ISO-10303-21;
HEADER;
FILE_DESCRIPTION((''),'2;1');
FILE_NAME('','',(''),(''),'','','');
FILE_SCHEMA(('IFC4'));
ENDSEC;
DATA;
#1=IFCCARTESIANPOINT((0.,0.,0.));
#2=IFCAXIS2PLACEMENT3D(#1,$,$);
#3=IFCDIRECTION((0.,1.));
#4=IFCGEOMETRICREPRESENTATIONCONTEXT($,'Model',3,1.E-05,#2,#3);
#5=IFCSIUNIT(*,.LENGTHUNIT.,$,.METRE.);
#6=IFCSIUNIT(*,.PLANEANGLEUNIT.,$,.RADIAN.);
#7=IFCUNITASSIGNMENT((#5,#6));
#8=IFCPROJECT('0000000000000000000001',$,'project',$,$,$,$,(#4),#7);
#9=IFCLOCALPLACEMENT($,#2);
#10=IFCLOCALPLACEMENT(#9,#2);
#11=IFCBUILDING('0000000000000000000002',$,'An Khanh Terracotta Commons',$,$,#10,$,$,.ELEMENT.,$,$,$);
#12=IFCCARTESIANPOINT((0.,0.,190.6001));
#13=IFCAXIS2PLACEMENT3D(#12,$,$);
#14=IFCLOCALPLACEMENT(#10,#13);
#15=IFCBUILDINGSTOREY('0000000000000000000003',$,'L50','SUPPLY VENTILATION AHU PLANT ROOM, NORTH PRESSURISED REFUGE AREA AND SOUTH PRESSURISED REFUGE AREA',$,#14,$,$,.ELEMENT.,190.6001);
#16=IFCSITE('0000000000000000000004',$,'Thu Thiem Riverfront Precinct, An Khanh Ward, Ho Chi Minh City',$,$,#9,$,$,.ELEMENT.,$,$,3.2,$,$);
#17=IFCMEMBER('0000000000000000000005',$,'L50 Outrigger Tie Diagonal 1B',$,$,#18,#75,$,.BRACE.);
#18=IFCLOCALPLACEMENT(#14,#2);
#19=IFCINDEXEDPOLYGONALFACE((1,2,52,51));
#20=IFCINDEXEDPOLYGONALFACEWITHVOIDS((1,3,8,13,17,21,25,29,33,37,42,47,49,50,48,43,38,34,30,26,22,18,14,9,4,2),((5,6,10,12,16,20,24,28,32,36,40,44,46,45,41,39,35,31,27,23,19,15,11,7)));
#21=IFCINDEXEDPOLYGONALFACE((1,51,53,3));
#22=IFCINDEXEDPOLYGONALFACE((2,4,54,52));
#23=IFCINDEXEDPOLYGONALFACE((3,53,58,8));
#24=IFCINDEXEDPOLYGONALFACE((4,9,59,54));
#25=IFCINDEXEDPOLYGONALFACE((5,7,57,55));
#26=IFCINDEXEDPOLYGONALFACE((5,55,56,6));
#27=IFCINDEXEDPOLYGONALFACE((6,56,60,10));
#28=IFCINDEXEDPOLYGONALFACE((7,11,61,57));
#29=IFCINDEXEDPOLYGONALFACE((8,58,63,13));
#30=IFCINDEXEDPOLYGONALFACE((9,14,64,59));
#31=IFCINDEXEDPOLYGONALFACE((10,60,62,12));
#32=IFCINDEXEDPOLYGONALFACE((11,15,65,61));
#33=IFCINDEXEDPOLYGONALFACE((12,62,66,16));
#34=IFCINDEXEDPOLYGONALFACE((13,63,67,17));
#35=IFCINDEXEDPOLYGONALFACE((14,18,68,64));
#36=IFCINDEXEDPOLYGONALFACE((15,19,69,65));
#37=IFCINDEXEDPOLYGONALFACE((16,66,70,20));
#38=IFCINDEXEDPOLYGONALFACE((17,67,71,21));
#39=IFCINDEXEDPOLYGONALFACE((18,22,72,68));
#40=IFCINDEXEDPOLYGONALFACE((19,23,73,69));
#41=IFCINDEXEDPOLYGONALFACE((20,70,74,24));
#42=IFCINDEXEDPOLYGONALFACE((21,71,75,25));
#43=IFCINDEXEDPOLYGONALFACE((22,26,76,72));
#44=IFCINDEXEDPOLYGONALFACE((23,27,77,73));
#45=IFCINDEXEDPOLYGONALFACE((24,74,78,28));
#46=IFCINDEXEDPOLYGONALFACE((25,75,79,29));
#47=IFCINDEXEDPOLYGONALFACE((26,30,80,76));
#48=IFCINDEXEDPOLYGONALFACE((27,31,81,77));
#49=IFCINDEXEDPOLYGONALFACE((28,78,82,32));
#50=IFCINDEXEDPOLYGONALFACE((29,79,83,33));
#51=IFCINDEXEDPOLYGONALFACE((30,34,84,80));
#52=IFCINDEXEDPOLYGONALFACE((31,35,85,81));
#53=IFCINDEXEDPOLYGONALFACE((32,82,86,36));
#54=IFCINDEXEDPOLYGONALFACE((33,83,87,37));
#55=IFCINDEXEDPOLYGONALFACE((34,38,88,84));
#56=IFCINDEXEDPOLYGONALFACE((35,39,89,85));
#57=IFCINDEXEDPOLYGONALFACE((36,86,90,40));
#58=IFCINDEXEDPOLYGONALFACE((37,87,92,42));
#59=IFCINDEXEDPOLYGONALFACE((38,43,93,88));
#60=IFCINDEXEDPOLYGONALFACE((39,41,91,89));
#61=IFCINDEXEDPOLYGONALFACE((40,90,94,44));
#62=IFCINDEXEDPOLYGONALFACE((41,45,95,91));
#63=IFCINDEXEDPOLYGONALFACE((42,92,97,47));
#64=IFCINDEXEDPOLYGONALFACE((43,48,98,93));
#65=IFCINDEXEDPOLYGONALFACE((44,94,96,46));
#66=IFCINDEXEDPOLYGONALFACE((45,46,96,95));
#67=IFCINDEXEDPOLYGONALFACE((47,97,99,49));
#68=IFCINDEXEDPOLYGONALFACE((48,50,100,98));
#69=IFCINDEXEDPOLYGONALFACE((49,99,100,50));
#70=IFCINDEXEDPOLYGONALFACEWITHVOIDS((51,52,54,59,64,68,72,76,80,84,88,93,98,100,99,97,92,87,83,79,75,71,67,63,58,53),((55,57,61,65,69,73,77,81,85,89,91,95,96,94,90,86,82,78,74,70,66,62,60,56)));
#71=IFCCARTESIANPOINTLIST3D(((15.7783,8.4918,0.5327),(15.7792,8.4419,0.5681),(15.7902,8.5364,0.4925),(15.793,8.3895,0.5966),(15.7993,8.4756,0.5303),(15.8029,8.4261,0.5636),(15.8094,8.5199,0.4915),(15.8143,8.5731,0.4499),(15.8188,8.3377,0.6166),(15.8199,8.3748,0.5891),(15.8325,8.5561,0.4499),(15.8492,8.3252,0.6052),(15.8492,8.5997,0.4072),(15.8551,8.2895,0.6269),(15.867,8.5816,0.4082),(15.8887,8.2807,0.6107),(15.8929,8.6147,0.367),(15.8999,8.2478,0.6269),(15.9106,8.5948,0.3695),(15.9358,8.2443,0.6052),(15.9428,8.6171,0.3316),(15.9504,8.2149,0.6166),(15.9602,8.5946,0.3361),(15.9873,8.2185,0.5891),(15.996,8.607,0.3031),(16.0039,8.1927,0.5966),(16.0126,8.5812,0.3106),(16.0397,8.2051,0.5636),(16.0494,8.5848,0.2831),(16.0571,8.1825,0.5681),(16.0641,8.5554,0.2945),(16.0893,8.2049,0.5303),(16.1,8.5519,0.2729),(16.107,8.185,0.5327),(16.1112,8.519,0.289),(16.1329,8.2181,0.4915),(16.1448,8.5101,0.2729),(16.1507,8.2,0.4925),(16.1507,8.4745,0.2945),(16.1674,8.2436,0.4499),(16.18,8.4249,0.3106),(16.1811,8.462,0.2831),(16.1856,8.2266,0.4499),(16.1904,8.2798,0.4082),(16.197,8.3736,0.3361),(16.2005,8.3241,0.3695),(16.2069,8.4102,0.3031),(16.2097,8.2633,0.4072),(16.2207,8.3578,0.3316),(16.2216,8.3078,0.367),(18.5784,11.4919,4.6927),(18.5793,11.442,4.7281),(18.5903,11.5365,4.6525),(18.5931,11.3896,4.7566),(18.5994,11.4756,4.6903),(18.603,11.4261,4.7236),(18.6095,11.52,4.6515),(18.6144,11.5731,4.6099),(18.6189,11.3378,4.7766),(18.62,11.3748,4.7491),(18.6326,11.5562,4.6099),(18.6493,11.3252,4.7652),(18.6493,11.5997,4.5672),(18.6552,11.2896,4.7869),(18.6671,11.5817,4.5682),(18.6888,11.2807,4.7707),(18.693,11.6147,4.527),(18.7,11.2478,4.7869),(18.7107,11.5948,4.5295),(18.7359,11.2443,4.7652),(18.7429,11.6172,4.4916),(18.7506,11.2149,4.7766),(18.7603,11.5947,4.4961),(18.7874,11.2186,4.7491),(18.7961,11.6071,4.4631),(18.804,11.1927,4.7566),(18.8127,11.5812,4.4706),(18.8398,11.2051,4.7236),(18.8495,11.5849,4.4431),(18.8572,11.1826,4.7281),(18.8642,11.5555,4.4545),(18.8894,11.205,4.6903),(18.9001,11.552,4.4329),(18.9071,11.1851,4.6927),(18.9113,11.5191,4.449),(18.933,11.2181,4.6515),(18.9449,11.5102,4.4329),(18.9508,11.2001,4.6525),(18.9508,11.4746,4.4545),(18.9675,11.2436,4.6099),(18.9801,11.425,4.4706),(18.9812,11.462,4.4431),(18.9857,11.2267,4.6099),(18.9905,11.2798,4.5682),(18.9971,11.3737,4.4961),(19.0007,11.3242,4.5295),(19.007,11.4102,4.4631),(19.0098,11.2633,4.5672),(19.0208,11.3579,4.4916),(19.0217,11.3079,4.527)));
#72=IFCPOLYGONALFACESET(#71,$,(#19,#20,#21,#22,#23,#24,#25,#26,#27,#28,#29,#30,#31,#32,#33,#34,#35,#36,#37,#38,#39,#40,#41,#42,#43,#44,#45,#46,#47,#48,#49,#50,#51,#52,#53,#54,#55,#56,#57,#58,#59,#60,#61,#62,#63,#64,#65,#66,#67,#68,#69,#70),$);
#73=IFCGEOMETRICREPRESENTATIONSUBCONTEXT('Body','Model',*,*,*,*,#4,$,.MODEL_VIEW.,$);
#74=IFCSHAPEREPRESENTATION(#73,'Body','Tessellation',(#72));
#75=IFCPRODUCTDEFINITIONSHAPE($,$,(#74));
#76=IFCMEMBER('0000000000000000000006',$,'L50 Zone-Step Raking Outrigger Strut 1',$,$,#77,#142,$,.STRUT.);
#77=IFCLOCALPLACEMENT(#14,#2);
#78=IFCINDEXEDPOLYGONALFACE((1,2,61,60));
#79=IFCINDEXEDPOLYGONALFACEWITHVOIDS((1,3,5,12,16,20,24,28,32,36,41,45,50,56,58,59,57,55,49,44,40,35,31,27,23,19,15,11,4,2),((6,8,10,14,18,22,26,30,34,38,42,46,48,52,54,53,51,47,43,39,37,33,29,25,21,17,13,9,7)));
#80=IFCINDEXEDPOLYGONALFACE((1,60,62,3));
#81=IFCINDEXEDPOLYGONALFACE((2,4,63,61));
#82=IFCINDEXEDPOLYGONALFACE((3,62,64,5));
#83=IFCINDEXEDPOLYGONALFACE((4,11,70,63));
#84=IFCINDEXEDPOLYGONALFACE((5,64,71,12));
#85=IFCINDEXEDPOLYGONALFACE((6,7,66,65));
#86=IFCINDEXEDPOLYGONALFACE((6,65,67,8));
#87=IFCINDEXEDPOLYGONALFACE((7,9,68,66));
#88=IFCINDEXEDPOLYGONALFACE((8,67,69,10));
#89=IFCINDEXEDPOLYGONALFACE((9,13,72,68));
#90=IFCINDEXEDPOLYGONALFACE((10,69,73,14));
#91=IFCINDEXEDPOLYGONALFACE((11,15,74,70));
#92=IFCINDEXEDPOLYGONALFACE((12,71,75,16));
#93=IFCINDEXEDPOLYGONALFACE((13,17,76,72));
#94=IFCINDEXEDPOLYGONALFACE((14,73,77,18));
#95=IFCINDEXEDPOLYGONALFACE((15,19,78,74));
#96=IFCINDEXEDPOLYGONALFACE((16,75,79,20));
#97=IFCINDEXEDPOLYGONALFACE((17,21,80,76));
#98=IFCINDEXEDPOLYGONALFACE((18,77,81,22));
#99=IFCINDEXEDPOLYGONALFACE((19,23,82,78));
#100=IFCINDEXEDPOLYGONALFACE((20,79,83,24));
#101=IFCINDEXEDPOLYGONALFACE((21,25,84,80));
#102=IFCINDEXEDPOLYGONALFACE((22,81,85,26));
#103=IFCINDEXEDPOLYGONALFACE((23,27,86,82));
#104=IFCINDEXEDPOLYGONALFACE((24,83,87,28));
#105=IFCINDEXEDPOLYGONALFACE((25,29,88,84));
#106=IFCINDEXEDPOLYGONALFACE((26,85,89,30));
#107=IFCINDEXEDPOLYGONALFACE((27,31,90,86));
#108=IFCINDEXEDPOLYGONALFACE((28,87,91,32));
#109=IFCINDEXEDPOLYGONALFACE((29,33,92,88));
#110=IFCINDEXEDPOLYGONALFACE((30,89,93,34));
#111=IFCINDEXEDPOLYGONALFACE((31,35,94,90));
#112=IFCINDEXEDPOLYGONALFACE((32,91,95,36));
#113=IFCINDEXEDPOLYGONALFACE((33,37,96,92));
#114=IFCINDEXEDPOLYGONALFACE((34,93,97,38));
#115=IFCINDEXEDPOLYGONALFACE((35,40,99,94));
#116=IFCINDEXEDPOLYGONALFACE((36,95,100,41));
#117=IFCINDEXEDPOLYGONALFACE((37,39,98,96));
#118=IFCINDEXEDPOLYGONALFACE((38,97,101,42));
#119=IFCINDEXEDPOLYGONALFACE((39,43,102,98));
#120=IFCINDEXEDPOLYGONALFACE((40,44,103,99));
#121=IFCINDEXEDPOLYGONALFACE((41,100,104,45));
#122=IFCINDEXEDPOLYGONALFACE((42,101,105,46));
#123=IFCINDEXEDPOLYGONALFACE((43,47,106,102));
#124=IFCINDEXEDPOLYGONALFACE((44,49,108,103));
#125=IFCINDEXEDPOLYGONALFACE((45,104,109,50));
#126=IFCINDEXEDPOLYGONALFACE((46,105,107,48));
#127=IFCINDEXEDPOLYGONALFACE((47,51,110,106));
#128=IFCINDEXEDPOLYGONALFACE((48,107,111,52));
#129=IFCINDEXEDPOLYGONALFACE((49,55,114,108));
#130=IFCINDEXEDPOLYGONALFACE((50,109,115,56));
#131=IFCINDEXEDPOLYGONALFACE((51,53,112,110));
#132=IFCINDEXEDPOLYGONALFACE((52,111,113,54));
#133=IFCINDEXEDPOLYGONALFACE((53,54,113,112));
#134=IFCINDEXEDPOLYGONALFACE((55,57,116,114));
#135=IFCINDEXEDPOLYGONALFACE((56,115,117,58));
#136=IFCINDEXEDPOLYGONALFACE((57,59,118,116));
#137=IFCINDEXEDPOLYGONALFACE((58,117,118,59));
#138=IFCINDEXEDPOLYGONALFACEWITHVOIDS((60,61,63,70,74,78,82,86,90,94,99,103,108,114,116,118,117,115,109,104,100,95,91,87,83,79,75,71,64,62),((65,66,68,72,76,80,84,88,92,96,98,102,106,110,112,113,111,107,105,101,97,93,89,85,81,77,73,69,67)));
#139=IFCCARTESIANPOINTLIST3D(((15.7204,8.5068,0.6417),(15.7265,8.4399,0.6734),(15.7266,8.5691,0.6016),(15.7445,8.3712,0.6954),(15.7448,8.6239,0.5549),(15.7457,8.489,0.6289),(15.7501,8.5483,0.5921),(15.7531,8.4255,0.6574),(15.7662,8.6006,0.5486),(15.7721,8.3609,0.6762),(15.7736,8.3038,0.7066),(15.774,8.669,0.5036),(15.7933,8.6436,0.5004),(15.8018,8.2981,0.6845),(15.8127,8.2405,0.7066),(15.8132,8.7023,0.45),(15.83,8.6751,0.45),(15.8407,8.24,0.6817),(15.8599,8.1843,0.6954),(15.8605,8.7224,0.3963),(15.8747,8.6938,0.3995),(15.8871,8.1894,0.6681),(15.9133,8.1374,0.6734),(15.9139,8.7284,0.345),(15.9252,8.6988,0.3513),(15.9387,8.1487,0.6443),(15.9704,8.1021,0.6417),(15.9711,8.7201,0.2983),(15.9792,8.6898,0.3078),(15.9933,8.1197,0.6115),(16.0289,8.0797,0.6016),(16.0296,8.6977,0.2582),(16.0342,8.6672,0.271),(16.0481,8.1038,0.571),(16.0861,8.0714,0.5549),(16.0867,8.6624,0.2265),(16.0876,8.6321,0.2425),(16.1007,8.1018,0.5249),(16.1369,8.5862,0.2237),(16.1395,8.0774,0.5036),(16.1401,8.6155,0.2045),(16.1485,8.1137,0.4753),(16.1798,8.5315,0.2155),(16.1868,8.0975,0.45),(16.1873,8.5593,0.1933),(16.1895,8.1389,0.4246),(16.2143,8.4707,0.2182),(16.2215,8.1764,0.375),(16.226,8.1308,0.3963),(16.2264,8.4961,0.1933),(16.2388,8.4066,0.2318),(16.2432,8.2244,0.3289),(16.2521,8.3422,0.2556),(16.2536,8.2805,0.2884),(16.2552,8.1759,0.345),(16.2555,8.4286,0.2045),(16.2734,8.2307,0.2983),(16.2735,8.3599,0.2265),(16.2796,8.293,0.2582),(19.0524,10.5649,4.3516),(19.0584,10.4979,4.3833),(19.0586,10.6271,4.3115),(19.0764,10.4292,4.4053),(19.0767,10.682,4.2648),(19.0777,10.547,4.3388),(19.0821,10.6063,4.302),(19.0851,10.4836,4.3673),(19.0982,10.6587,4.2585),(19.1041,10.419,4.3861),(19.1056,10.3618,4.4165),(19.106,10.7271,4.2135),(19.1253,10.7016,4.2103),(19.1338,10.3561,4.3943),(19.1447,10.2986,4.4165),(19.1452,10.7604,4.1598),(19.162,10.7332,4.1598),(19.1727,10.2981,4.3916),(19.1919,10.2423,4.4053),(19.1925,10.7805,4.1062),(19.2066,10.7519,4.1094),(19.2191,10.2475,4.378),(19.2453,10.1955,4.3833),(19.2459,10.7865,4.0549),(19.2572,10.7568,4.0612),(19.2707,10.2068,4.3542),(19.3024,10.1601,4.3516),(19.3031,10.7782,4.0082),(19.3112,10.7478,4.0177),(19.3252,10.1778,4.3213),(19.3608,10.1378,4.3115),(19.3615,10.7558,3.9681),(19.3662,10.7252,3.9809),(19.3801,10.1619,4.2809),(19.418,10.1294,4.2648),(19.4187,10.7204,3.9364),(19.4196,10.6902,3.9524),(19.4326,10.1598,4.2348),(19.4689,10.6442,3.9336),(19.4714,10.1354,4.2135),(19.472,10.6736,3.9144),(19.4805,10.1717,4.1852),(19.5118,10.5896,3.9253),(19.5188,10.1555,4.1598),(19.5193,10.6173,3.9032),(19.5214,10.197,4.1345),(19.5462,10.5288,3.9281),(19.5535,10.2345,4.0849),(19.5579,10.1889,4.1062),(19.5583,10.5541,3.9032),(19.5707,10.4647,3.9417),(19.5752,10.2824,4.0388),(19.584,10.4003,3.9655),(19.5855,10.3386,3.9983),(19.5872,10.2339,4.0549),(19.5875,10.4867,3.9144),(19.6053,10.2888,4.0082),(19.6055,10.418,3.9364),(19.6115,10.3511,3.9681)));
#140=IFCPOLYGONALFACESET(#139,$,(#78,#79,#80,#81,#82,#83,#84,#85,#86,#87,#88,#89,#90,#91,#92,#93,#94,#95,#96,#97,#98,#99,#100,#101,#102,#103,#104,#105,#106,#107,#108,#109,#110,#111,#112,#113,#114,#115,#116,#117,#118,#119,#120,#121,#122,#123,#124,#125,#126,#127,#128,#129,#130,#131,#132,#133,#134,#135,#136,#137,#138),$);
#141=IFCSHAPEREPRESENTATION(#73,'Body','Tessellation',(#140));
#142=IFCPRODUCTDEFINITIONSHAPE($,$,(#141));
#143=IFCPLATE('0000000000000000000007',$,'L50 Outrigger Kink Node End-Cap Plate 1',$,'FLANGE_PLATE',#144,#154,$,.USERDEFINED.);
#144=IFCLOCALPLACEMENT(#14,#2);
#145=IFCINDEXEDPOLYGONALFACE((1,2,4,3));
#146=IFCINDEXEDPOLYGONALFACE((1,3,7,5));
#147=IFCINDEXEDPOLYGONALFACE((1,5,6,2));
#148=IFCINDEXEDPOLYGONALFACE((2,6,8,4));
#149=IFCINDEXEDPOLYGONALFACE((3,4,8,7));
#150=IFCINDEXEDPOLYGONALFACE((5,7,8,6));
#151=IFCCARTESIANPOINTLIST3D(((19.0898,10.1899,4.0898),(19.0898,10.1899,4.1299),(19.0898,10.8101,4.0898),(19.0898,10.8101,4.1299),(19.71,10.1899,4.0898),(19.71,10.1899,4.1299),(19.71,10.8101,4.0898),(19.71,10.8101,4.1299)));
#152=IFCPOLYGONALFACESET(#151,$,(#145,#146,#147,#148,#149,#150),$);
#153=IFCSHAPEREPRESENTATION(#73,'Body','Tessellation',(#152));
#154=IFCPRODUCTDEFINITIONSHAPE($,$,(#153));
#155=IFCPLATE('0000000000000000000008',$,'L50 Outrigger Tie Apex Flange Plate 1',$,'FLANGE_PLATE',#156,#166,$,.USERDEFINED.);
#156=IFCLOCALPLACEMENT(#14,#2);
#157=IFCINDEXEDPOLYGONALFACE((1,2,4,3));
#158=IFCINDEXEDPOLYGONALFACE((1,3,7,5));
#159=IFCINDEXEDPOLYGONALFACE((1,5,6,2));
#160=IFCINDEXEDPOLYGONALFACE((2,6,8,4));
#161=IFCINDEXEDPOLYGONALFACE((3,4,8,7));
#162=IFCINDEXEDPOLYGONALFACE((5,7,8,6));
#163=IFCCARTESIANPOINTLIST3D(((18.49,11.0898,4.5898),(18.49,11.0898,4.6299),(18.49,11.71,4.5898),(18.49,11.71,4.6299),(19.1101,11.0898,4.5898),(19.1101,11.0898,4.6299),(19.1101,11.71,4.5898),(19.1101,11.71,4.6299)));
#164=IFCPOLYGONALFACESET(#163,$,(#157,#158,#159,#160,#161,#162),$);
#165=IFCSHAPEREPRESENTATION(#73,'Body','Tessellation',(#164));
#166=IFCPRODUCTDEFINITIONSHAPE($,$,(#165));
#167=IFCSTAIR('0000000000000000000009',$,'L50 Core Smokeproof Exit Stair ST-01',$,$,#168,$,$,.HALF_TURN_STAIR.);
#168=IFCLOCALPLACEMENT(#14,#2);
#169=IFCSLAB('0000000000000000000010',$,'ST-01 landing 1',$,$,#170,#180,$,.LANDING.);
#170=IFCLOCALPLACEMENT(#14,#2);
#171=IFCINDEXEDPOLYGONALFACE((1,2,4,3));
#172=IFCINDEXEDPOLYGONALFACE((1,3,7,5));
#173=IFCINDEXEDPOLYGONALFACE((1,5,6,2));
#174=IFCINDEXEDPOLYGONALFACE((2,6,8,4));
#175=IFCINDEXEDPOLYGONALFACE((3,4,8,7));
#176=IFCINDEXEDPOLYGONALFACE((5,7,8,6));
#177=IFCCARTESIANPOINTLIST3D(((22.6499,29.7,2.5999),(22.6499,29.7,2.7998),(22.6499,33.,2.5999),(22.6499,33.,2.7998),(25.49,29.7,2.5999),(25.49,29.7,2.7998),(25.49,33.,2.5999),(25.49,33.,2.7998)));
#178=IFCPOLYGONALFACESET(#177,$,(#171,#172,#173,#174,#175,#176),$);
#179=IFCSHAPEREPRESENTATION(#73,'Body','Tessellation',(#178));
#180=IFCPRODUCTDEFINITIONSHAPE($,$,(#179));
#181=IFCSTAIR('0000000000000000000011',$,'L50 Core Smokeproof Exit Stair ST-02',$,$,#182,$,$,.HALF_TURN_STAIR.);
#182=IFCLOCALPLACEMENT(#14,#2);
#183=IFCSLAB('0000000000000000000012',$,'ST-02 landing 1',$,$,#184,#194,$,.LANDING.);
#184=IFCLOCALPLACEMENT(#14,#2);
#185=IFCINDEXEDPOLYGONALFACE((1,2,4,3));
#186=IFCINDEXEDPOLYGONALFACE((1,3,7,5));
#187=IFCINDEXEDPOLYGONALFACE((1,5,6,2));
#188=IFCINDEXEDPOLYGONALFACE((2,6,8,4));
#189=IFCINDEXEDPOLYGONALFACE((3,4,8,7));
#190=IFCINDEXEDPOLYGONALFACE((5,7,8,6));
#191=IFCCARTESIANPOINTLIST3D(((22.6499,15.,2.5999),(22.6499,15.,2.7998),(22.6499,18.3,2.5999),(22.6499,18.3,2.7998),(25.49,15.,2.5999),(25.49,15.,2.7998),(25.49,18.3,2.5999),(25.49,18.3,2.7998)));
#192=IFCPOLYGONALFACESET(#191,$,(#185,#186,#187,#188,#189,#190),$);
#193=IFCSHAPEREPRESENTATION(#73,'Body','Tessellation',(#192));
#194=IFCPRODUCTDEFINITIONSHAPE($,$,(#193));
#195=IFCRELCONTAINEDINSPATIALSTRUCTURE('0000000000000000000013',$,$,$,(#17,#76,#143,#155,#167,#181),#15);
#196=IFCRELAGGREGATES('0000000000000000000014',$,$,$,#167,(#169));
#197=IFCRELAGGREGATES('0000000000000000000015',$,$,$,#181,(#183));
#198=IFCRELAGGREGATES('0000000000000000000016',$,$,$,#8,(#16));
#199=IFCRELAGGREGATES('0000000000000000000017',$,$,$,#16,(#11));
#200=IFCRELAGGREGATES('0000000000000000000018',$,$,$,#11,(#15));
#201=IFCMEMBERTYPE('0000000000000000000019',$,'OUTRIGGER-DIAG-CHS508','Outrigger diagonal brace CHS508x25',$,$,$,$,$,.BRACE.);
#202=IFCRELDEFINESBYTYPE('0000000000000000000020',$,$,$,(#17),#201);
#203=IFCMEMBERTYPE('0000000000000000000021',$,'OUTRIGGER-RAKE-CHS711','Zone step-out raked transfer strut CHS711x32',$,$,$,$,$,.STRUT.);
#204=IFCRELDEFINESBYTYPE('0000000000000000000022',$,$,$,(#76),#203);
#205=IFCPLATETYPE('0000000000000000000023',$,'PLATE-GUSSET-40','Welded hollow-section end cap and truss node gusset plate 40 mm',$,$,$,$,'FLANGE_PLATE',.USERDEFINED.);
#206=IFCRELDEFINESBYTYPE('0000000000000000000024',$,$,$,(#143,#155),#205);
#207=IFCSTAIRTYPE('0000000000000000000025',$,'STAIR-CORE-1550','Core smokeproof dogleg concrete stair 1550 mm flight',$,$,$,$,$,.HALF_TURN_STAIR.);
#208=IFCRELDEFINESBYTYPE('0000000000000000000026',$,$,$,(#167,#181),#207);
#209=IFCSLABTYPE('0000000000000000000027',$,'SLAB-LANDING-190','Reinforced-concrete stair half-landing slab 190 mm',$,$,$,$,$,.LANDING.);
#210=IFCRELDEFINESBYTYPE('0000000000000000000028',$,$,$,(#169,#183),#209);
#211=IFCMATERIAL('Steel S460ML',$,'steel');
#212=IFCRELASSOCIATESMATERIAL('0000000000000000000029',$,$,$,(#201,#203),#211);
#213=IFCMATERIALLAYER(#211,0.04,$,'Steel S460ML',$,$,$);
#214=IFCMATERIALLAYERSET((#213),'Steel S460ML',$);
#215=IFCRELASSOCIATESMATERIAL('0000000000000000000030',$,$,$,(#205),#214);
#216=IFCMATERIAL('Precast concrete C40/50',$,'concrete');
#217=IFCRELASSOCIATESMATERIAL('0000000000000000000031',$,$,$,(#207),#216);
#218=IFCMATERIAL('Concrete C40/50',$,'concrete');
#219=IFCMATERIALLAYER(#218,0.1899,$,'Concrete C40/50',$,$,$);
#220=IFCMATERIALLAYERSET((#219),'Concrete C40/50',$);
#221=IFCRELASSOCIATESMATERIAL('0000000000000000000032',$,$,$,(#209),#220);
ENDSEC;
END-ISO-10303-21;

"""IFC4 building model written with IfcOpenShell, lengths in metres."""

from ifc_helpers import new_model, si_unit, direction, frame, origin, origin_2d, place, context, subcontext, project, spatial, polyline, rectangle, hollow_circle, outline, extrude, material, layer, layer_set, material_profile, profile_set, type_object, element, aggregate, save


model = new_model("IFC4")

# Units and contexts
model_context = context("Model", 3, precision=1e-05, world=origin(), true_north=direction((0.0, 1.0)))
body_context = subcontext(model_context, "Body", "Model", "MODEL_VIEW")
ifc_project = project(units=[si_unit("LENGTHUNIT", "METRE"), si_unit("PLANEANGLEUNIT", "RADIAN")], contexts=[model_context])

# Site, building, storey
site_placement = place(None, origin())
site = spatial("IfcSite", under=ifc_project, at=site_placement, Name="Thu Thiem Riverfront Precinct, An Khanh Ward, Ho Chi Minh City", CompositionType="ELEMENT", RefElevation=3.2)
building_placement = place(site_placement, origin())
building = spatial("IfcBuilding", under=site, at=building_placement, Name="An Khanh Terracotta Commons", CompositionType="ELEMENT")
storey_placement = place(building_placement, frame((0.0, 0.0, 190.6001)))
storey = spatial("IfcBuildingStorey", under=building, at=storey_placement, Name="L50", Description="SUPPLY VENTILATION AHU PLANT ROOM, NORTH PRESSURISED REFUGE AREA AND SOUTH PRESSURISED REFUGE AREA", CompositionType="ELEMENT", Elevation=190.6001)

# Shared definitions
ifc_material_1 = material(Name="Steel S460ML", Category="steel")

# Members
ifc_material_profile_1 = material_profile(ifc_material_1, hollow_circle(Radius=0.2539, WallThickness=0.0249, at=origin_2d()), Name="CHS508x25")
ifc_profile_set_1 = profile_set([ifc_material_profile_1], Name="Steel S460ML")
member_type_1 = type_object("IfcMemberType", Name="OUTRIGGER-DIAG-CHS508", Description="Outrigger diagonal brace CHS508x25", PredefinedType="BRACE", material=ifc_profile_set_1)
for number, where, z_axis, x_axis, name in (
    (1, (18.8, 11.3999, 4.6099), (-0.479183, -0.513401, -0.711901), (0.731049, -0.682325, 0.0), "L50 Outrigger Tie Diagonal 1B"),
):
    element("IfcMember", number, at=place(storey_placement, frame(where, z_axis=z_axis, x_axis=x_axis)), inside=storey, type_object=member_type_1, Name=name, PredefinedType="BRACE", context=body_context, shape_type="SweptSolid", body=[
        extrude(hollow_circle(Radius=0.2539, WallThickness=0.0249, at=origin_2d()), origin(), (0.0, 0.0, 1.0), 5.8435),
    ])
ifc_material_profile_2 = material_profile(ifc_material_1, hollow_circle(Radius=0.3555, WallThickness=0.032, at=origin_2d()), Name="CHS711x32")
ifc_profile_set_2 = profile_set([ifc_material_profile_2], Name="Steel S460ML")
member_type_2 = type_object("IfcMemberType", Name="OUTRIGGER-RAKE-CHS711", Description="Zone step-out raked transfer strut CHS711x32", PredefinedType="STRUT", material=ifc_profile_set_2)
member_1_placement = place(storey_placement, frame((16.0, 8.3999, 0.45), z_axis=(0.617657, 0.38151, 0.687714), x_axis=(-0.525509, 0.850788, 0.0)))
element("IfcMember", 2, at=member_1_placement, inside=storey, type_object=member_type_2, Name="L50 Zone-Step Raking Outrigger Strut 1", PredefinedType="STRUT", context=body_context, shape_type="SweptSolid", body=[
    extrude(hollow_circle(Radius=0.3555, WallThickness=0.032, at=origin_2d()), origin(), (0.0, 0.0, 1.0), 5.3945),
])

# Plates
ifc_layer_1 = layer(ifc_material_1, 0.04, Name="Steel S460ML")
ifc_layer_set_1 = layer_set([ifc_layer_1], Name="Steel S460ML")
plate_type = type_object("IfcPlateType", Name="PLATE-GUSSET-40", Description="Welded hollow-section end cap and truss node gusset plate 40 mm", ElementType="FLANGE_PLATE", PredefinedType="USERDEFINED", material=ifc_layer_set_1)
for number, where, z_axis, x_axis, name in (
    (3, (19.3999, 10.5, 4.0898), (0.0, 0.0, 1.0), (1.0, 0.0, 0.0), "L50 Outrigger Kink Node End-Cap Plate 1"),
    (4, (18.8, 11.3999, 4.5898), (0.0, 0.0, 1.0), (1.0, 0.0, 0.0), "L50 Outrigger Tie Apex Flange Plate 1"),
):
    element("IfcPlate", number, at=place(storey_placement, frame(where, z_axis=z_axis, x_axis=x_axis)), inside=storey, type_object=plate_type, Name=name, ObjectType="FLANGE_PLATE", PredefinedType="USERDEFINED", context=body_context, shape_type="SweptSolid", body=[
        extrude(rectangle(XDim=0.6201, YDim=0.6201, at=origin_2d()), origin(), (0.0, 0.0, 1.0), 0.04),
    ])

# Stairs, slabs
ifc_material_2 = material(Name="Precast concrete C40/50", Category="concrete")
stair_type = type_object("IfcStairType", Name="STAIR-CORE-1550", Description="Core smokeproof dogleg concrete stair 1550 mm flight", PredefinedType="HALF_TURN_STAIR", material=ifc_material_2)
stair_1_placement = place(storey_placement, origin())
stair_1 = element("IfcStair", 5, at=stair_1_placement, inside=storey, type_object=stair_type, Name="L50 Core Smokeproof Exit Stair ST-01", PredefinedType="HALF_TURN_STAIR")
ifc_material_3 = material(Name="Concrete C40/50", Category="concrete")
ifc_layer_2 = layer(ifc_material_3, 0.1899, Name="Concrete C40/50")
ifc_layer_set_2 = layer_set([ifc_layer_2], Name="Concrete C40/50")
slab_type_1 = type_object("IfcSlabType", Name="SLAB-LANDING-190", Description="Reinforced-concrete stair half-landing slab 190 mm", PredefinedType="LANDING", material=ifc_layer_set_2)
slab_1_placement = place(storey_placement, frame((0.0, 0.0, 2.5999)))
slab_1 = element("IfcSlab", 6, at=slab_1_placement, type_object=slab_type_1, Name="ST-01 landing 1", PredefinedType="LANDING", context=body_context, shape_type="SweptSolid", body=[
    extrude(outline(polyline([(25.49, 33.0), (22.6499, 33.0), (22.6499, 29.7), (25.49, 29.7), (25.49, 33.0)])), origin(), (0.0, 0.0, 1.0), 0.2),
])
aggregate(stair_1, [slab_1])
stair_2_placement = place(storey_placement, origin())
stair_2 = element("IfcStair", 7, at=stair_2_placement, inside=storey, type_object=stair_type, Name="L50 Core Smokeproof Exit Stair ST-02", PredefinedType="HALF_TURN_STAIR")
slab_2_placement = place(storey_placement, frame((0.0, 0.0, 2.5999)))
slab_2 = element("IfcSlab", 8, at=slab_2_placement, type_object=slab_type_1, Name="ST-02 landing 1", PredefinedType="LANDING", context=body_context, shape_type="SweptSolid", body=[
    extrude(outline(polyline([(25.49, 18.3), (22.6499, 18.3), (22.6499, 15.0), (25.49, 15.0), (25.49, 18.3)])), origin(), (0.0, 0.0, 1.0), 0.2),
])
aggregate(stair_2, [slab_2])

save(model, "model.ifc")
